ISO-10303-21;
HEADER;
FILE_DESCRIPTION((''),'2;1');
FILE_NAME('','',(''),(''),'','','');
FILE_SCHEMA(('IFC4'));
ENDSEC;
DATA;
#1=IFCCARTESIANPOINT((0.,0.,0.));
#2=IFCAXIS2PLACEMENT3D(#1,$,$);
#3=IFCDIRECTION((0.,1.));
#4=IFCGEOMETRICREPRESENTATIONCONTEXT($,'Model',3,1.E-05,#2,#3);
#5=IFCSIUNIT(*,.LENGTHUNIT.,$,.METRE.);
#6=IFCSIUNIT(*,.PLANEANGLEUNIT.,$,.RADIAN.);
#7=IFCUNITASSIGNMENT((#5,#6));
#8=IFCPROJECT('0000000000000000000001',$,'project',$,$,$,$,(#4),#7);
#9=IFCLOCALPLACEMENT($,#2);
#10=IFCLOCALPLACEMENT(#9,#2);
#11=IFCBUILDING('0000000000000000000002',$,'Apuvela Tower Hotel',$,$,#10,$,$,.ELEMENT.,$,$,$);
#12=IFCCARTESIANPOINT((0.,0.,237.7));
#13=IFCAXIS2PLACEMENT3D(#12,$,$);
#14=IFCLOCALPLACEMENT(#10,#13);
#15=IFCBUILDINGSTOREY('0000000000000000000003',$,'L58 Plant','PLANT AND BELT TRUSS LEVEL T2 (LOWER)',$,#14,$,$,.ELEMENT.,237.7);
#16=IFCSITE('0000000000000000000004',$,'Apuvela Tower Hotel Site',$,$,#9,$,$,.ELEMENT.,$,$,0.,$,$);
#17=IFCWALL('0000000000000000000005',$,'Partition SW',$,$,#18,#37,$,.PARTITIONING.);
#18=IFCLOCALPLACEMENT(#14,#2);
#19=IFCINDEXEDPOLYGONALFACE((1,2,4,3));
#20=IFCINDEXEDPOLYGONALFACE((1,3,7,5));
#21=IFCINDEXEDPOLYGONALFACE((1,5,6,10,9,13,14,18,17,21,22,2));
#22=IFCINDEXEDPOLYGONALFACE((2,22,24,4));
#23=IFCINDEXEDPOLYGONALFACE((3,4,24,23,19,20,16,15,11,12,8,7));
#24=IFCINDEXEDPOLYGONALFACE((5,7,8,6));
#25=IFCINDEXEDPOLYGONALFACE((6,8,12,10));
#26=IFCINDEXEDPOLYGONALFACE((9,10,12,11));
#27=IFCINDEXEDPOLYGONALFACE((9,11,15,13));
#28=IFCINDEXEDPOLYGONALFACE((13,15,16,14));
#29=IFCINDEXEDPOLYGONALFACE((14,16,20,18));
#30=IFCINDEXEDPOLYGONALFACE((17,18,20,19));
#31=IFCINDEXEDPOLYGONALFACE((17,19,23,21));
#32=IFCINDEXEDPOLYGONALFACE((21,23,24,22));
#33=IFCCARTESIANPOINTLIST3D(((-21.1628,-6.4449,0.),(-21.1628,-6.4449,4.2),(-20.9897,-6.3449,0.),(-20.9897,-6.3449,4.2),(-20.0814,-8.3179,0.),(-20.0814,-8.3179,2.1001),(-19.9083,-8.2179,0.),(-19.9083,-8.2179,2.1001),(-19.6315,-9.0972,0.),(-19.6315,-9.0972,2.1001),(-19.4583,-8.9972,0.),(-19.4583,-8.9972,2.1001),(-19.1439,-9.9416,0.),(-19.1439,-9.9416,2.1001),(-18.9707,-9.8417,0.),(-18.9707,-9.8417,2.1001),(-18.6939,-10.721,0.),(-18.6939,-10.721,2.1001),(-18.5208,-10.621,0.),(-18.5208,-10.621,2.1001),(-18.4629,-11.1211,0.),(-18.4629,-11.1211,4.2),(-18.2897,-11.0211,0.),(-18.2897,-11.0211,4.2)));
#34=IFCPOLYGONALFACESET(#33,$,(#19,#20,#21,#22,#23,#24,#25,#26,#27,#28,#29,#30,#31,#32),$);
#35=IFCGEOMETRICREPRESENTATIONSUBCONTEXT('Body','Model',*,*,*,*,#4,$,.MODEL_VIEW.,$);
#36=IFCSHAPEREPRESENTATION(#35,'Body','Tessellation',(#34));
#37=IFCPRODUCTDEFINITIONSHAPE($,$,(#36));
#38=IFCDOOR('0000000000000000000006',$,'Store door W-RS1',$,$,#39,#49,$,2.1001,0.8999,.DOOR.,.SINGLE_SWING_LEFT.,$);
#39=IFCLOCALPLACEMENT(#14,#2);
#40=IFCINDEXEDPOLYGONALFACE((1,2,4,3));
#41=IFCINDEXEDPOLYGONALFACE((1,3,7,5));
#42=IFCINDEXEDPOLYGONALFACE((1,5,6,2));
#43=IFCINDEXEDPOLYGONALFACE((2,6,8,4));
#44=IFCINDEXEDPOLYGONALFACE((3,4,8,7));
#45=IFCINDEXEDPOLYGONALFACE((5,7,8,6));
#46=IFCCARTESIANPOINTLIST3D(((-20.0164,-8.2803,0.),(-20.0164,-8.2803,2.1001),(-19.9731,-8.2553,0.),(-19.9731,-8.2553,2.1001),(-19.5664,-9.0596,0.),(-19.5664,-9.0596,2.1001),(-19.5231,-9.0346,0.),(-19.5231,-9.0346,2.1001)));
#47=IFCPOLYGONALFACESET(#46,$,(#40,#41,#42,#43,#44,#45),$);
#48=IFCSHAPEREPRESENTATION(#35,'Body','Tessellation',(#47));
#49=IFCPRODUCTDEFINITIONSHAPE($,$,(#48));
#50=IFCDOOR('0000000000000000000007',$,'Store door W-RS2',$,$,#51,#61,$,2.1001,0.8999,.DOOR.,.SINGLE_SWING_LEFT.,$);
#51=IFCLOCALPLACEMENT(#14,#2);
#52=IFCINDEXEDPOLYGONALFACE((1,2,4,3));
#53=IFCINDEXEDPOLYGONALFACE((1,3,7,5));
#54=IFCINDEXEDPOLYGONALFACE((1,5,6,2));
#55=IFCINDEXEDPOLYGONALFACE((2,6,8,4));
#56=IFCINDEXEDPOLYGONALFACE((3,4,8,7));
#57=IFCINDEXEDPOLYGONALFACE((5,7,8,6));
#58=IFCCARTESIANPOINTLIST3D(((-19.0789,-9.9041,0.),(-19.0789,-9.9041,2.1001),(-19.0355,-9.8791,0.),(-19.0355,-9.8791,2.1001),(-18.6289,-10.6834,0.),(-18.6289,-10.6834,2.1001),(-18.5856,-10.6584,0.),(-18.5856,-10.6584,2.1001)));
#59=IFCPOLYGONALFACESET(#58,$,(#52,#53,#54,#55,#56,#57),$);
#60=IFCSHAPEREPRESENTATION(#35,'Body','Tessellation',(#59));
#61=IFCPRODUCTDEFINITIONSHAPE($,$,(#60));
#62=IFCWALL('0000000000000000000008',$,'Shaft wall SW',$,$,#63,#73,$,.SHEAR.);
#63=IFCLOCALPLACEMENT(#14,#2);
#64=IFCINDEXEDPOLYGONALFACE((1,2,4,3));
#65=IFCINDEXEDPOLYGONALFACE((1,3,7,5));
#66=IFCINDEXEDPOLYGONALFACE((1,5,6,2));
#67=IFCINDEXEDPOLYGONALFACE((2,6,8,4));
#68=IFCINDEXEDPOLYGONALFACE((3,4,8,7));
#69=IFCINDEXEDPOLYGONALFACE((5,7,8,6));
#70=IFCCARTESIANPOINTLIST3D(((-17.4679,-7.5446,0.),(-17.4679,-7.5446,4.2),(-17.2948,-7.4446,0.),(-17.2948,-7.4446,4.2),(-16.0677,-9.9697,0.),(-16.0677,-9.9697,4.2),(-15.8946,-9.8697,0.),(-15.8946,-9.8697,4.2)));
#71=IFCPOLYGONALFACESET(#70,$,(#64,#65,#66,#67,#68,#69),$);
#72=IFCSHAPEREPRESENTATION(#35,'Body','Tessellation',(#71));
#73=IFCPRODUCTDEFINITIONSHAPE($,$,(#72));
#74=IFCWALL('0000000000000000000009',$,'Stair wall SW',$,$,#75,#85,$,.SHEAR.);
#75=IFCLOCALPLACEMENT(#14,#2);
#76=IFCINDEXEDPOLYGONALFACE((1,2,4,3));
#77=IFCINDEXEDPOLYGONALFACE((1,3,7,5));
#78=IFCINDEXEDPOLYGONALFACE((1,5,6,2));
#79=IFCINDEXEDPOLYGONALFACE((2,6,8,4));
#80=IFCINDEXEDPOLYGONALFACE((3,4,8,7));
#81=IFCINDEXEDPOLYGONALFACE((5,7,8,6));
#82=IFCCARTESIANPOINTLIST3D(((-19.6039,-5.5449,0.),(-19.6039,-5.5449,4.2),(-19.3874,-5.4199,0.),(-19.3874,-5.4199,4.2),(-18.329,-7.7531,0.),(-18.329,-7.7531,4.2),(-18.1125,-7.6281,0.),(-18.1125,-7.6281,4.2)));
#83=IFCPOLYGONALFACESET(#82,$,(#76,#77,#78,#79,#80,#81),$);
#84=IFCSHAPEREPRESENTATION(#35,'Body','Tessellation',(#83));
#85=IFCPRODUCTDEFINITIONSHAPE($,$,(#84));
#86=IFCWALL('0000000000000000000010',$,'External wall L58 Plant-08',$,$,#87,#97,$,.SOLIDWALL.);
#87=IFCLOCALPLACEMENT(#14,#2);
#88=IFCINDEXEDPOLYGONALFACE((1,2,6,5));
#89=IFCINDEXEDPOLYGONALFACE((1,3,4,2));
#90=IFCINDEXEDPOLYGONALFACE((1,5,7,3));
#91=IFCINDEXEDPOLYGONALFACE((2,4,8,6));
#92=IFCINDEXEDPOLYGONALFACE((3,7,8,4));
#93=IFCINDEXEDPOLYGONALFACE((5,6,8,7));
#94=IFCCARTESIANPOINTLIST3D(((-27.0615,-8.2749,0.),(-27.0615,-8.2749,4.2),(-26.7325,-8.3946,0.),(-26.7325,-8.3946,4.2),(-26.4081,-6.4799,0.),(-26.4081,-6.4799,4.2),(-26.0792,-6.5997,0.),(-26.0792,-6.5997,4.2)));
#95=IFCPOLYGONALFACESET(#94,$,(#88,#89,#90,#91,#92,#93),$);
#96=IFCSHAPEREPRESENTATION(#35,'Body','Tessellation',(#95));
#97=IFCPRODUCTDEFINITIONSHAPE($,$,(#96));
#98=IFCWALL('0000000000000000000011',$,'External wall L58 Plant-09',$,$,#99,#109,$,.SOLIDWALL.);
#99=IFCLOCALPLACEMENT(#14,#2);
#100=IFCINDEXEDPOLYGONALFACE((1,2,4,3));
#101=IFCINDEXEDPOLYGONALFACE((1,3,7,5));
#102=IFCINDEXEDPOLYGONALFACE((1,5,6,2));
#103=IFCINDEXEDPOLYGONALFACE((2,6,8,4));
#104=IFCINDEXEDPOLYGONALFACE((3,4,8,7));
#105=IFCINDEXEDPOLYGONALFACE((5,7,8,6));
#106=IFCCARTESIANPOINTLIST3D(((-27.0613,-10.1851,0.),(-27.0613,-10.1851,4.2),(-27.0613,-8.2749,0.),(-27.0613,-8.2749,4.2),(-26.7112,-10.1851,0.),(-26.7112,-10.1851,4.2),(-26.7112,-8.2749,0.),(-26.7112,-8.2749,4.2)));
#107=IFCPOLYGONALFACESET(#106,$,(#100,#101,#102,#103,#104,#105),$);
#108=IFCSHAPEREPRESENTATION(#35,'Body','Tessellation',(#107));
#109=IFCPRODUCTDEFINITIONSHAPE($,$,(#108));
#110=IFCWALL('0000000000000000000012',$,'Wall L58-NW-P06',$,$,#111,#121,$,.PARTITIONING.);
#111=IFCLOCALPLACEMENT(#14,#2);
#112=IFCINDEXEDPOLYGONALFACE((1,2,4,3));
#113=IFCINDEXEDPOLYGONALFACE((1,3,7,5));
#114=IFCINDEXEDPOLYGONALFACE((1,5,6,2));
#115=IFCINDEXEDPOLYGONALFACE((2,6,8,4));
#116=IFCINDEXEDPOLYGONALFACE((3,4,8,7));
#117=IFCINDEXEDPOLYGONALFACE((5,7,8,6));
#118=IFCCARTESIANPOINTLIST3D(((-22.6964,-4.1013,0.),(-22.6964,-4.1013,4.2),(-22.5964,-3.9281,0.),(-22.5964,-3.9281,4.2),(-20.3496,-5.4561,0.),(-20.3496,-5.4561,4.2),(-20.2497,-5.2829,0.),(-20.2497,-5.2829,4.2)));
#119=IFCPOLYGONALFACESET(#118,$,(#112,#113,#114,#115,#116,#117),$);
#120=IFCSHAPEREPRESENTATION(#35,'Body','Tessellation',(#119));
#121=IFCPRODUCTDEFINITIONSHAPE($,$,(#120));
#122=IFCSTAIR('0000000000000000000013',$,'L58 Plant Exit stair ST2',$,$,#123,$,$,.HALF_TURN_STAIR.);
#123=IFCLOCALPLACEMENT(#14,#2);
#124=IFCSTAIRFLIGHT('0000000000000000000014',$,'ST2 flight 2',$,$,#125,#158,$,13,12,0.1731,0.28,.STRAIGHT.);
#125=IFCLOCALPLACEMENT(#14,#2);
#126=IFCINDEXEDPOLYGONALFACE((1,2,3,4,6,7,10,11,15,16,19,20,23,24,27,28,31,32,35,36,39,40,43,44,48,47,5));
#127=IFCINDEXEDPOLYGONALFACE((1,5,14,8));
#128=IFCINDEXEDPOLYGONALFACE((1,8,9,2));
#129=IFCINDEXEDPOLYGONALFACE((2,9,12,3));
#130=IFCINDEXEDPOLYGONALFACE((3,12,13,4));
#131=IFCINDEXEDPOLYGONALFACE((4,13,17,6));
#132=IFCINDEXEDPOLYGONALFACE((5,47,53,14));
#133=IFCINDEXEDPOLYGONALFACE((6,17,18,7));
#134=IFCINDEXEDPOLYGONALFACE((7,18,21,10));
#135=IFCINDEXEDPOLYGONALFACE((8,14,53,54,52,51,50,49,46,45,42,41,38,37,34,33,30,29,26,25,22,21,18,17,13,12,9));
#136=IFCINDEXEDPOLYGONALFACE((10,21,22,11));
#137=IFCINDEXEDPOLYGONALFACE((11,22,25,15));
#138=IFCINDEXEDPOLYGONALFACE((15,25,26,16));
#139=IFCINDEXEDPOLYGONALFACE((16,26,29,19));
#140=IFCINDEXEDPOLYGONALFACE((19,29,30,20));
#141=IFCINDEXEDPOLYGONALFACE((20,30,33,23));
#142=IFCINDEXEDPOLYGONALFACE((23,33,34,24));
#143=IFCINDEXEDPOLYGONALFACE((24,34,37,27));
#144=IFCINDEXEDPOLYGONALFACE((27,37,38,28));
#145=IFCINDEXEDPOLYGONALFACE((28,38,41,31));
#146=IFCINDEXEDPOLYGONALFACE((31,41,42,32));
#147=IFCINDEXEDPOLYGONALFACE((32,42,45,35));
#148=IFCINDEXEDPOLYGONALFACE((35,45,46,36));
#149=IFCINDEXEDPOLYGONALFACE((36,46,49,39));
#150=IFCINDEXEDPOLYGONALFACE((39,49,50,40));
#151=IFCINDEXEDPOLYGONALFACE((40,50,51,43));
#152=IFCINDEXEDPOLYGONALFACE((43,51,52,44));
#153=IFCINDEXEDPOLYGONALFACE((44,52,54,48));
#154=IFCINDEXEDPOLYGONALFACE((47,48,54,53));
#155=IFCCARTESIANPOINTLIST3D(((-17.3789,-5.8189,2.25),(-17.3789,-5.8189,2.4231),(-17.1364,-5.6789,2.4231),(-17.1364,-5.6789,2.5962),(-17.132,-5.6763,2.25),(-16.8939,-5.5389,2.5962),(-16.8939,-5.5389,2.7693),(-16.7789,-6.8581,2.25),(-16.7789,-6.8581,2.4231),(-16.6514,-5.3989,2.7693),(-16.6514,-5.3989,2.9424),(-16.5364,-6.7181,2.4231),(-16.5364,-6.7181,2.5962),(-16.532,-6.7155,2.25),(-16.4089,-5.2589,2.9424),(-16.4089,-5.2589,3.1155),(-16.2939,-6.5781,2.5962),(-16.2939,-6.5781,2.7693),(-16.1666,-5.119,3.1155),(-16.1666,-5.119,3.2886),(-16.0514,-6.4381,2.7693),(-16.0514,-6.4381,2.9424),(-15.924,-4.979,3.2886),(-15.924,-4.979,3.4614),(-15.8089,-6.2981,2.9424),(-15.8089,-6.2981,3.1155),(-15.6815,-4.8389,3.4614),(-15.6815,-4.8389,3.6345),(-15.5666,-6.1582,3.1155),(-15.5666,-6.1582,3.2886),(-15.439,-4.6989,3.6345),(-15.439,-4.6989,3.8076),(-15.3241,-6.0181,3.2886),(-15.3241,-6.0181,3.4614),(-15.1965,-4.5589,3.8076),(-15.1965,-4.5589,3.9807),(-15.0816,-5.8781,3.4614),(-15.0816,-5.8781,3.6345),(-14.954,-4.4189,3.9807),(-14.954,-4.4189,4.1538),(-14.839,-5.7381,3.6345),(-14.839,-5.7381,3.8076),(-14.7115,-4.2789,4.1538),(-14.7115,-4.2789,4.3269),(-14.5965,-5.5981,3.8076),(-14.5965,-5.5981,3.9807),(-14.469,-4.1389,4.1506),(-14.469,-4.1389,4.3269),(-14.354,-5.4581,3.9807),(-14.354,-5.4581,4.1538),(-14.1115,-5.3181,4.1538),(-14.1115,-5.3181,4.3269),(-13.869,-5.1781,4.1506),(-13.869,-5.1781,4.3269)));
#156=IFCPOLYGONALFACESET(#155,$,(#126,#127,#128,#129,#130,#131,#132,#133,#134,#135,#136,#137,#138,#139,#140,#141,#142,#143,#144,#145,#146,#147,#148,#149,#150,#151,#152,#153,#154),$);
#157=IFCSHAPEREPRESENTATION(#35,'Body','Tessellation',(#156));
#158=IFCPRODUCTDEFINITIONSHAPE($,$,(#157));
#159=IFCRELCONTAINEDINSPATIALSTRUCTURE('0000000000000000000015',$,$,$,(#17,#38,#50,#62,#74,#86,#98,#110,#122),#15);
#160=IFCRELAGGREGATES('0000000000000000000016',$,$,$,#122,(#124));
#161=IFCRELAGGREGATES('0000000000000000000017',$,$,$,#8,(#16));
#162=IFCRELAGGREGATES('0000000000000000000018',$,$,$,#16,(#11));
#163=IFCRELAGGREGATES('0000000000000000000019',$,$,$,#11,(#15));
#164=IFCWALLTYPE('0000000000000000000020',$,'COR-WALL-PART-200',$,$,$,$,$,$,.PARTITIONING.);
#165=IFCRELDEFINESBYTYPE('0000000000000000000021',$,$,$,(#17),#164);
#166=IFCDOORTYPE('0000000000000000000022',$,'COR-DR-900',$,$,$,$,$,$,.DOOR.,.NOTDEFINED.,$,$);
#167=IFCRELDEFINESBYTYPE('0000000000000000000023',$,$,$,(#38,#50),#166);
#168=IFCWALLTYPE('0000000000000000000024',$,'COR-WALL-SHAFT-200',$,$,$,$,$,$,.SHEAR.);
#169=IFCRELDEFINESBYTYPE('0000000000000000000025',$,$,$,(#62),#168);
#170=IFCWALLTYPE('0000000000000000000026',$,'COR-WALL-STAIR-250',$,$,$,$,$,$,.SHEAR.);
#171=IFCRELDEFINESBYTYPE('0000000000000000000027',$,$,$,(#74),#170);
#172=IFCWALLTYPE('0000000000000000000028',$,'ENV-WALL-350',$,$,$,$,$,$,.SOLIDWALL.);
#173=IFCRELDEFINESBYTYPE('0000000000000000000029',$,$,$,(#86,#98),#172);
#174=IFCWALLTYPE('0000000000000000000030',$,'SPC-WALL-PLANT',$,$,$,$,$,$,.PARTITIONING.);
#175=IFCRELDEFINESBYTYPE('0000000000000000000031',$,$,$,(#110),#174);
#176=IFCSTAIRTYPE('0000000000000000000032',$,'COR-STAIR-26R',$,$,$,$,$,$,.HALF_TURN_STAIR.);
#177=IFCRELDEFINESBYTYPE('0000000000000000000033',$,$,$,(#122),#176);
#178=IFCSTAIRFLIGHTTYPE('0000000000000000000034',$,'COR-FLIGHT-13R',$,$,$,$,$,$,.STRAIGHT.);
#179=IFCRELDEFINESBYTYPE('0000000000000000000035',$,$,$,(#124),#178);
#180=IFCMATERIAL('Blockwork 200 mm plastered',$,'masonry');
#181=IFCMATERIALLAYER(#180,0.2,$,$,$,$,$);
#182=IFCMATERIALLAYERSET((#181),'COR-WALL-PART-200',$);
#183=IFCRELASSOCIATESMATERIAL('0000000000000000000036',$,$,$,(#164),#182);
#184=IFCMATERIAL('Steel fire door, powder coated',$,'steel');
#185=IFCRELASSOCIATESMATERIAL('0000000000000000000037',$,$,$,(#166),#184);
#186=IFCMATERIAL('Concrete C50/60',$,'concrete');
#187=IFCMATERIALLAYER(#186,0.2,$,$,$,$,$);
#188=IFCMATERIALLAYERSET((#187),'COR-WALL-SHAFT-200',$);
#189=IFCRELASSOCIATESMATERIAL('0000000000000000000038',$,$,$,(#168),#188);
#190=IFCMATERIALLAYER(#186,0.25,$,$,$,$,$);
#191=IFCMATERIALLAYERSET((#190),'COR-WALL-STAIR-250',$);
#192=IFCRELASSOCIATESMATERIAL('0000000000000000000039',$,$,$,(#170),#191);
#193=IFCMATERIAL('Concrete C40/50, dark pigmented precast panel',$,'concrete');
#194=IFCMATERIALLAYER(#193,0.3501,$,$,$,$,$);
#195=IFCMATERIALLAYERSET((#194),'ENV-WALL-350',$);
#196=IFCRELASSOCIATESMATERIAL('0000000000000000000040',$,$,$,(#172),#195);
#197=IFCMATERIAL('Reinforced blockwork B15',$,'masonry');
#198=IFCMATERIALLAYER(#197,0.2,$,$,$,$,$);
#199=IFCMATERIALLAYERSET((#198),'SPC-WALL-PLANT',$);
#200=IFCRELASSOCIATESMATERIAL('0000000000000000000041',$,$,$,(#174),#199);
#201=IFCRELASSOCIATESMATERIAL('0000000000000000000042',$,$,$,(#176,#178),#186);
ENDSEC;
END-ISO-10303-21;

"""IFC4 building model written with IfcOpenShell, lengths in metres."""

from ifc_helpers import new_model, si_unit, direction, frame, frame_2d, origin, place, context, subcontext, project, spatial, polyline, rectangle, outline, extrude, material, layer, layer_set, type_object, element, fill, aggregate, save


model = new_model("IFC4")

# Units and contexts
model_context = context("Model", 3, precision=1e-05, world=origin(), true_north=direction((0.0, 1.0)))
body_context = subcontext(model_context, "Body", "Model", "MODEL_VIEW")
ifc_project = project(units=[si_unit("LENGTHUNIT", "METRE"), si_unit("PLANEANGLEUNIT", "RADIAN")], contexts=[model_context])

# Site, building, storey
site_placement = place(None, origin())
site = spatial("IfcSite", under=ifc_project, at=site_placement, Name="Apuvela Tower Hotel Site", CompositionType="ELEMENT", RefElevation=0.0)
building_placement = place(site_placement, origin())
building = spatial("IfcBuilding", under=site, at=building_placement, Name="Apuvela Tower Hotel", CompositionType="ELEMENT")
storey_placement = place(building_placement, frame((0.0, 0.0, 237.7)))
storey = spatial("IfcBuildingStorey", under=building, at=storey_placement, Name="L58 Plant", Description="PLANT AND BELT TRUSS LEVEL T2 (LOWER)", CompositionType="ELEMENT", Elevation=237.7)

# Wall, openings, doors
ifc_material_1 = material(Name="Blockwork 200 mm plastered", Category="masonry")
ifc_layer_1 = layer(ifc_material_1, 0.2)
ifc_layer_set_1 = layer_set([ifc_layer_1], Name="COR-WALL-PART-200")
wall_type_1 = type_object("IfcWallType", Name="COR-WALL-PART-200", PredefinedType="PARTITIONING", material=ifc_layer_set_1)
wall_1_placement = place(storey_placement, frame((-21.0762, -6.395, 0.0), z_axis=(0.0, 0.0, 1.0), x_axis=(0.500015, -0.866017, 0.0)))
wall_1 = element("IfcWall", 1, at=wall_1_placement, inside=storey, type_object=wall_type_1, Name="Partition SW", PredefinedType="PARTITIONING", context=body_context, shape_type="SweptSolid", body=[
    extrude(rectangle(XDim=5.3997, YDim=0.2, at=frame_2d((2.6997, 0.0))), origin(), (0.0, 0.0, 1.0), 4.2),
])
opening_1_placement = place(wall_1_placement, frame((2.1626, 0.0, 0.0)))
opening_1 = element("IfcOpeningElement", 2, at=opening_1_placement, cuts=wall_1, PredefinedType="OPENING", context=body_context, shape_type="SweptSolid", body=[
    extrude(rectangle(XDim=0.8999, YDim=2.1001, at=frame_2d((0.45, 1.05))), frame((0.0, 0.1099, 0.0), z_axis=(0.0, -1.0, 0.0), x_axis=(1.0, 0.0, 0.0)), (0.0, 0.0, 1.0), 0.22),
])
opening_2_placement = place(wall_1_placement, frame((4.0376, 0.0, 0.0)))
opening_2 = element("IfcOpeningElement", 3, at=opening_2_placement, cuts=wall_1, PredefinedType="OPENING", context=body_context, shape_type="SweptSolid", body=[
    extrude(rectangle(XDim=0.8999, YDim=2.1001, at=frame_2d((0.45, 1.05))), frame((0.0, 0.1099, 0.0), z_axis=(0.0, -1.0, 0.0), x_axis=(1.0, 0.0, 0.0)), (0.0, 0.0, 1.0), 0.22),
])
ifc_material_2 = material(Name="Steel fire door, powder coated", Category="steel")
door_type_1 = type_object("IfcDoorType", Name="COR-DR-900", OperationType="NOTDEFINED", PredefinedType="DOOR", material=ifc_material_2)
door_1_placement = place(opening_1_placement, frame((0.8999, 0.0, 0.0), z_axis=(0.0, 0.0, 1.0), x_axis=(-1.0, 0.0, 0.0)))
door_1 = element("IfcDoor", 4, at=door_1_placement, inside=storey, type_object=door_type_1, Name="Store door W-RS1", OperationType="SINGLE_SWING_LEFT", OverallHeight=2.1001, OverallWidth=0.8999, PredefinedType="DOOR", context=body_context, shape_type="SweptSolid", body=[
    extrude(rectangle(XDim=0.8999, YDim=2.1001, at=frame_2d((0.45, 1.05))), frame((0.0, 0.0249, 0.0), z_axis=(0.0, -1.0, 0.0), x_axis=(1.0, 0.0, 0.0)), (0.0, 0.0, 1.0), 0.05),
])
fill(opening_1, door_1)
door_2_placement = place(opening_2_placement, frame((0.8999, 0.0, 0.0), z_axis=(0.0, 0.0, 1.0), x_axis=(-1.0, 0.0, 0.0)))
door_2 = element("IfcDoor", 5, at=door_2_placement, inside=storey, type_object=door_type_1, Name="Store door W-RS2", OperationType="SINGLE_SWING_LEFT", OverallHeight=2.1001, OverallWidth=0.8999, PredefinedType="DOOR", context=body_context, shape_type="SweptSolid", body=[
    extrude(rectangle(XDim=0.8999, YDim=2.1001, at=frame_2d((0.45, 1.05))), frame((0.0, 0.0249, 0.0), z_axis=(0.0, -1.0, 0.0), x_axis=(1.0, 0.0, 0.0)), (0.0, 0.0, 1.0), 0.05),
])
fill(opening_2, door_2)

# Walls
ifc_material_3 = material(Name="Concrete C50/60", Category="concrete")
ifc_layer_2 = layer(ifc_material_3, 0.2)
ifc_layer_set_2 = layer_set([ifc_layer_2], Name="COR-WALL-SHAFT-200")
wall_type_2 = type_object("IfcWallType", Name="COR-WALL-SHAFT-200", PredefinedType="SHEAR", material=ifc_layer_set_2)
wall_2_placement = place(storey_placement, frame((-17.3813, -7.4946, 0.0), z_axis=(0.0, 0.0, 1.0), x_axis=(0.500012, -0.866019, 0.0)))
element("IfcWall", 6, at=wall_2_placement, inside=storey, type_object=wall_type_2, Name="Shaft wall SW", PredefinedType="SHEAR", context=body_context, shape_type="SweptSolid", body=[
    extrude(rectangle(XDim=2.8003, YDim=0.2, at=frame_2d((1.4001, 0.0))), origin(), (0.0, 0.0, 1.0), 4.2),
])
ifc_layer_3 = layer(ifc_material_3, 0.25)
ifc_layer_set_3 = layer_set([ifc_layer_3], Name="COR-WALL-STAIR-250")
wall_type_3 = type_object("IfcWallType", Name="COR-WALL-STAIR-250", PredefinedType="SHEAR", material=ifc_layer_set_3)
wall_3_placement = place(storey_placement, frame((-19.4956, -5.4824, 0.0), z_axis=(0.0, 0.0, 1.0), x_axis=(0.49999, -0.866031, 0.0)))
element("IfcWall", 7, at=wall_3_placement, inside=storey, type_object=wall_type_3, Name="Stair wall SW", PredefinedType="SHEAR", context=body_context, shape_type="SweptSolid", body=[
    extrude(rectangle(XDim=2.5498, YDim=0.25, at=frame_2d((1.2749, 0.0))), origin(), (0.0, 0.0, 1.0), 4.2),
])
ifc_material_4 = material(Name="Concrete C40/50, dark pigmented precast panel", Category="concrete")
ifc_layer_4 = layer(ifc_material_4, 0.3501)
ifc_layer_set_4 = layer_set([ifc_layer_4], Name="ENV-WALL-350")
wall_type_4 = type_object("IfcWallType", Name="ENV-WALL-350", PredefinedType="SOLIDWALL", material=ifc_layer_set_4)
for number, where, z_axis, x_axis, name in (
    (8, (-26.2437, -6.5398, 0.0), (0.0, 0.0, 1.0), (-0.34203, -0.939689, 0.0), "External wall L58 Plant-08"),
    (9, (-26.8862, -8.2749, 0.0), (0.0, 0.0, 1.0), (0.0, -1.0, 0.0), "External wall L58 Plant-09"),
):
    element("IfcWall", number, at=place(storey_placement, frame(where, z_axis=z_axis, x_axis=x_axis)), inside=storey, type_object=wall_type_4, Name=name, PredefinedType="SOLIDWALL", context=body_context, shape_type="SweptSolid", body=[
        extrude(rectangle(XDim=1.9102, YDim=0.3501, at=frame_2d((0.9551, 0.0))), origin(), (0.0, 0.0, 1.0), 4.2),
    ])
ifc_material_5 = material(Name="Reinforced blockwork B15", Category="masonry")
ifc_layer_5 = layer(ifc_material_5, 0.2)
ifc_layer_set_5 = layer_set([ifc_layer_5], Name="SPC-WALL-PLANT")
wall_type_5 = type_object("IfcWallType", Name="SPC-WALL-PLANT", PredefinedType="PARTITIONING", material=ifc_layer_set_5)
wall_4_placement = place(storey_placement, frame((-22.6465, -4.0146, 0.0), z_axis=(0.0, 0.0, 1.0), x_axis=(0.866045, -0.499967, 0.0)))
element("IfcWall", 10, at=wall_4_placement, inside=storey, type_object=wall_type_5, Name="Wall L58-NW-P06", PredefinedType="PARTITIONING", context=body_context, shape_type="SweptSolid", body=[
    extrude(rectangle(XDim=2.7097, YDim=0.2, at=frame_2d((1.355, 0.0))), origin(), (0.0, 0.0, 1.0), 4.2),
])

# Stair, stair flight
stair_type = type_object("IfcStairType", Name="COR-STAIR-26R", PredefinedType="HALF_TURN_STAIR", material=ifc_material_3)
stair_placement = place(storey_placement, origin())
stair = element("IfcStair", 11, at=stair_placement, inside=storey, type_object=stair_type, Name="L58 Plant Exit stair ST2", PredefinedType="HALF_TURN_STAIR")
stair_flight_type = type_object("IfcStairFlightType", Name="COR-FLIGHT-13R", PredefinedType="STRAIGHT", material=ifc_material_3)
stair_flight_placement = place(storey_placement, frame((-17.0789, -6.3386, 2.25), z_axis=(0.0, 0.0, 1.0), x_axis=(0.866025, 0.5, 0.0)))
stair_flight = element("IfcStairFlight", 12, at=stair_flight_placement, type_object=stair_flight_type, Name="ST2 flight 2", NumberOfRisers=13, NumberOfTreads=12, PredefinedType="STRAIGHT", RiserHeight=0.1731, TreadLength=0.28, context=body_context, shape_type="SweptSolid", body=[
    extrude(outline(polyline([(0.0, 0.0), (0.0, 0.1731), (0.28, 0.1731), (0.28, 0.3462), (0.5601, 0.3462), (0.5601, 0.5193), (0.8401, 0.5193), (0.8401, 0.6924), (1.1201, 0.6924), (1.1201, 0.8655), (1.3999, 0.8655), (1.3999, 1.0386), (1.6799, 1.0386), (1.6799, 1.2114), (1.96, 1.2114), (1.96, 1.3845), (2.24, 1.3845), (2.24, 1.5576), (2.52, 1.5576), (2.52, 1.7307), (2.8, 1.7307), (2.8, 1.9038), (3.0801, 1.9038), (3.0801, 2.0769), (3.3601, 2.0769), (3.3601, 2.25), (3.3601, 1.9006), (0.2852, 0.0), (0.0, 0.0)])), frame((0.0, 0.6001, 0.0), z_axis=(0.0, -1.0, 0.0), x_axis=(1.0, 0.0, 0.0)), (0.0, 0.0, 1.0), 1.2),
])
aggregate(stair, [stair_flight])

save(model, "model.ifc")
